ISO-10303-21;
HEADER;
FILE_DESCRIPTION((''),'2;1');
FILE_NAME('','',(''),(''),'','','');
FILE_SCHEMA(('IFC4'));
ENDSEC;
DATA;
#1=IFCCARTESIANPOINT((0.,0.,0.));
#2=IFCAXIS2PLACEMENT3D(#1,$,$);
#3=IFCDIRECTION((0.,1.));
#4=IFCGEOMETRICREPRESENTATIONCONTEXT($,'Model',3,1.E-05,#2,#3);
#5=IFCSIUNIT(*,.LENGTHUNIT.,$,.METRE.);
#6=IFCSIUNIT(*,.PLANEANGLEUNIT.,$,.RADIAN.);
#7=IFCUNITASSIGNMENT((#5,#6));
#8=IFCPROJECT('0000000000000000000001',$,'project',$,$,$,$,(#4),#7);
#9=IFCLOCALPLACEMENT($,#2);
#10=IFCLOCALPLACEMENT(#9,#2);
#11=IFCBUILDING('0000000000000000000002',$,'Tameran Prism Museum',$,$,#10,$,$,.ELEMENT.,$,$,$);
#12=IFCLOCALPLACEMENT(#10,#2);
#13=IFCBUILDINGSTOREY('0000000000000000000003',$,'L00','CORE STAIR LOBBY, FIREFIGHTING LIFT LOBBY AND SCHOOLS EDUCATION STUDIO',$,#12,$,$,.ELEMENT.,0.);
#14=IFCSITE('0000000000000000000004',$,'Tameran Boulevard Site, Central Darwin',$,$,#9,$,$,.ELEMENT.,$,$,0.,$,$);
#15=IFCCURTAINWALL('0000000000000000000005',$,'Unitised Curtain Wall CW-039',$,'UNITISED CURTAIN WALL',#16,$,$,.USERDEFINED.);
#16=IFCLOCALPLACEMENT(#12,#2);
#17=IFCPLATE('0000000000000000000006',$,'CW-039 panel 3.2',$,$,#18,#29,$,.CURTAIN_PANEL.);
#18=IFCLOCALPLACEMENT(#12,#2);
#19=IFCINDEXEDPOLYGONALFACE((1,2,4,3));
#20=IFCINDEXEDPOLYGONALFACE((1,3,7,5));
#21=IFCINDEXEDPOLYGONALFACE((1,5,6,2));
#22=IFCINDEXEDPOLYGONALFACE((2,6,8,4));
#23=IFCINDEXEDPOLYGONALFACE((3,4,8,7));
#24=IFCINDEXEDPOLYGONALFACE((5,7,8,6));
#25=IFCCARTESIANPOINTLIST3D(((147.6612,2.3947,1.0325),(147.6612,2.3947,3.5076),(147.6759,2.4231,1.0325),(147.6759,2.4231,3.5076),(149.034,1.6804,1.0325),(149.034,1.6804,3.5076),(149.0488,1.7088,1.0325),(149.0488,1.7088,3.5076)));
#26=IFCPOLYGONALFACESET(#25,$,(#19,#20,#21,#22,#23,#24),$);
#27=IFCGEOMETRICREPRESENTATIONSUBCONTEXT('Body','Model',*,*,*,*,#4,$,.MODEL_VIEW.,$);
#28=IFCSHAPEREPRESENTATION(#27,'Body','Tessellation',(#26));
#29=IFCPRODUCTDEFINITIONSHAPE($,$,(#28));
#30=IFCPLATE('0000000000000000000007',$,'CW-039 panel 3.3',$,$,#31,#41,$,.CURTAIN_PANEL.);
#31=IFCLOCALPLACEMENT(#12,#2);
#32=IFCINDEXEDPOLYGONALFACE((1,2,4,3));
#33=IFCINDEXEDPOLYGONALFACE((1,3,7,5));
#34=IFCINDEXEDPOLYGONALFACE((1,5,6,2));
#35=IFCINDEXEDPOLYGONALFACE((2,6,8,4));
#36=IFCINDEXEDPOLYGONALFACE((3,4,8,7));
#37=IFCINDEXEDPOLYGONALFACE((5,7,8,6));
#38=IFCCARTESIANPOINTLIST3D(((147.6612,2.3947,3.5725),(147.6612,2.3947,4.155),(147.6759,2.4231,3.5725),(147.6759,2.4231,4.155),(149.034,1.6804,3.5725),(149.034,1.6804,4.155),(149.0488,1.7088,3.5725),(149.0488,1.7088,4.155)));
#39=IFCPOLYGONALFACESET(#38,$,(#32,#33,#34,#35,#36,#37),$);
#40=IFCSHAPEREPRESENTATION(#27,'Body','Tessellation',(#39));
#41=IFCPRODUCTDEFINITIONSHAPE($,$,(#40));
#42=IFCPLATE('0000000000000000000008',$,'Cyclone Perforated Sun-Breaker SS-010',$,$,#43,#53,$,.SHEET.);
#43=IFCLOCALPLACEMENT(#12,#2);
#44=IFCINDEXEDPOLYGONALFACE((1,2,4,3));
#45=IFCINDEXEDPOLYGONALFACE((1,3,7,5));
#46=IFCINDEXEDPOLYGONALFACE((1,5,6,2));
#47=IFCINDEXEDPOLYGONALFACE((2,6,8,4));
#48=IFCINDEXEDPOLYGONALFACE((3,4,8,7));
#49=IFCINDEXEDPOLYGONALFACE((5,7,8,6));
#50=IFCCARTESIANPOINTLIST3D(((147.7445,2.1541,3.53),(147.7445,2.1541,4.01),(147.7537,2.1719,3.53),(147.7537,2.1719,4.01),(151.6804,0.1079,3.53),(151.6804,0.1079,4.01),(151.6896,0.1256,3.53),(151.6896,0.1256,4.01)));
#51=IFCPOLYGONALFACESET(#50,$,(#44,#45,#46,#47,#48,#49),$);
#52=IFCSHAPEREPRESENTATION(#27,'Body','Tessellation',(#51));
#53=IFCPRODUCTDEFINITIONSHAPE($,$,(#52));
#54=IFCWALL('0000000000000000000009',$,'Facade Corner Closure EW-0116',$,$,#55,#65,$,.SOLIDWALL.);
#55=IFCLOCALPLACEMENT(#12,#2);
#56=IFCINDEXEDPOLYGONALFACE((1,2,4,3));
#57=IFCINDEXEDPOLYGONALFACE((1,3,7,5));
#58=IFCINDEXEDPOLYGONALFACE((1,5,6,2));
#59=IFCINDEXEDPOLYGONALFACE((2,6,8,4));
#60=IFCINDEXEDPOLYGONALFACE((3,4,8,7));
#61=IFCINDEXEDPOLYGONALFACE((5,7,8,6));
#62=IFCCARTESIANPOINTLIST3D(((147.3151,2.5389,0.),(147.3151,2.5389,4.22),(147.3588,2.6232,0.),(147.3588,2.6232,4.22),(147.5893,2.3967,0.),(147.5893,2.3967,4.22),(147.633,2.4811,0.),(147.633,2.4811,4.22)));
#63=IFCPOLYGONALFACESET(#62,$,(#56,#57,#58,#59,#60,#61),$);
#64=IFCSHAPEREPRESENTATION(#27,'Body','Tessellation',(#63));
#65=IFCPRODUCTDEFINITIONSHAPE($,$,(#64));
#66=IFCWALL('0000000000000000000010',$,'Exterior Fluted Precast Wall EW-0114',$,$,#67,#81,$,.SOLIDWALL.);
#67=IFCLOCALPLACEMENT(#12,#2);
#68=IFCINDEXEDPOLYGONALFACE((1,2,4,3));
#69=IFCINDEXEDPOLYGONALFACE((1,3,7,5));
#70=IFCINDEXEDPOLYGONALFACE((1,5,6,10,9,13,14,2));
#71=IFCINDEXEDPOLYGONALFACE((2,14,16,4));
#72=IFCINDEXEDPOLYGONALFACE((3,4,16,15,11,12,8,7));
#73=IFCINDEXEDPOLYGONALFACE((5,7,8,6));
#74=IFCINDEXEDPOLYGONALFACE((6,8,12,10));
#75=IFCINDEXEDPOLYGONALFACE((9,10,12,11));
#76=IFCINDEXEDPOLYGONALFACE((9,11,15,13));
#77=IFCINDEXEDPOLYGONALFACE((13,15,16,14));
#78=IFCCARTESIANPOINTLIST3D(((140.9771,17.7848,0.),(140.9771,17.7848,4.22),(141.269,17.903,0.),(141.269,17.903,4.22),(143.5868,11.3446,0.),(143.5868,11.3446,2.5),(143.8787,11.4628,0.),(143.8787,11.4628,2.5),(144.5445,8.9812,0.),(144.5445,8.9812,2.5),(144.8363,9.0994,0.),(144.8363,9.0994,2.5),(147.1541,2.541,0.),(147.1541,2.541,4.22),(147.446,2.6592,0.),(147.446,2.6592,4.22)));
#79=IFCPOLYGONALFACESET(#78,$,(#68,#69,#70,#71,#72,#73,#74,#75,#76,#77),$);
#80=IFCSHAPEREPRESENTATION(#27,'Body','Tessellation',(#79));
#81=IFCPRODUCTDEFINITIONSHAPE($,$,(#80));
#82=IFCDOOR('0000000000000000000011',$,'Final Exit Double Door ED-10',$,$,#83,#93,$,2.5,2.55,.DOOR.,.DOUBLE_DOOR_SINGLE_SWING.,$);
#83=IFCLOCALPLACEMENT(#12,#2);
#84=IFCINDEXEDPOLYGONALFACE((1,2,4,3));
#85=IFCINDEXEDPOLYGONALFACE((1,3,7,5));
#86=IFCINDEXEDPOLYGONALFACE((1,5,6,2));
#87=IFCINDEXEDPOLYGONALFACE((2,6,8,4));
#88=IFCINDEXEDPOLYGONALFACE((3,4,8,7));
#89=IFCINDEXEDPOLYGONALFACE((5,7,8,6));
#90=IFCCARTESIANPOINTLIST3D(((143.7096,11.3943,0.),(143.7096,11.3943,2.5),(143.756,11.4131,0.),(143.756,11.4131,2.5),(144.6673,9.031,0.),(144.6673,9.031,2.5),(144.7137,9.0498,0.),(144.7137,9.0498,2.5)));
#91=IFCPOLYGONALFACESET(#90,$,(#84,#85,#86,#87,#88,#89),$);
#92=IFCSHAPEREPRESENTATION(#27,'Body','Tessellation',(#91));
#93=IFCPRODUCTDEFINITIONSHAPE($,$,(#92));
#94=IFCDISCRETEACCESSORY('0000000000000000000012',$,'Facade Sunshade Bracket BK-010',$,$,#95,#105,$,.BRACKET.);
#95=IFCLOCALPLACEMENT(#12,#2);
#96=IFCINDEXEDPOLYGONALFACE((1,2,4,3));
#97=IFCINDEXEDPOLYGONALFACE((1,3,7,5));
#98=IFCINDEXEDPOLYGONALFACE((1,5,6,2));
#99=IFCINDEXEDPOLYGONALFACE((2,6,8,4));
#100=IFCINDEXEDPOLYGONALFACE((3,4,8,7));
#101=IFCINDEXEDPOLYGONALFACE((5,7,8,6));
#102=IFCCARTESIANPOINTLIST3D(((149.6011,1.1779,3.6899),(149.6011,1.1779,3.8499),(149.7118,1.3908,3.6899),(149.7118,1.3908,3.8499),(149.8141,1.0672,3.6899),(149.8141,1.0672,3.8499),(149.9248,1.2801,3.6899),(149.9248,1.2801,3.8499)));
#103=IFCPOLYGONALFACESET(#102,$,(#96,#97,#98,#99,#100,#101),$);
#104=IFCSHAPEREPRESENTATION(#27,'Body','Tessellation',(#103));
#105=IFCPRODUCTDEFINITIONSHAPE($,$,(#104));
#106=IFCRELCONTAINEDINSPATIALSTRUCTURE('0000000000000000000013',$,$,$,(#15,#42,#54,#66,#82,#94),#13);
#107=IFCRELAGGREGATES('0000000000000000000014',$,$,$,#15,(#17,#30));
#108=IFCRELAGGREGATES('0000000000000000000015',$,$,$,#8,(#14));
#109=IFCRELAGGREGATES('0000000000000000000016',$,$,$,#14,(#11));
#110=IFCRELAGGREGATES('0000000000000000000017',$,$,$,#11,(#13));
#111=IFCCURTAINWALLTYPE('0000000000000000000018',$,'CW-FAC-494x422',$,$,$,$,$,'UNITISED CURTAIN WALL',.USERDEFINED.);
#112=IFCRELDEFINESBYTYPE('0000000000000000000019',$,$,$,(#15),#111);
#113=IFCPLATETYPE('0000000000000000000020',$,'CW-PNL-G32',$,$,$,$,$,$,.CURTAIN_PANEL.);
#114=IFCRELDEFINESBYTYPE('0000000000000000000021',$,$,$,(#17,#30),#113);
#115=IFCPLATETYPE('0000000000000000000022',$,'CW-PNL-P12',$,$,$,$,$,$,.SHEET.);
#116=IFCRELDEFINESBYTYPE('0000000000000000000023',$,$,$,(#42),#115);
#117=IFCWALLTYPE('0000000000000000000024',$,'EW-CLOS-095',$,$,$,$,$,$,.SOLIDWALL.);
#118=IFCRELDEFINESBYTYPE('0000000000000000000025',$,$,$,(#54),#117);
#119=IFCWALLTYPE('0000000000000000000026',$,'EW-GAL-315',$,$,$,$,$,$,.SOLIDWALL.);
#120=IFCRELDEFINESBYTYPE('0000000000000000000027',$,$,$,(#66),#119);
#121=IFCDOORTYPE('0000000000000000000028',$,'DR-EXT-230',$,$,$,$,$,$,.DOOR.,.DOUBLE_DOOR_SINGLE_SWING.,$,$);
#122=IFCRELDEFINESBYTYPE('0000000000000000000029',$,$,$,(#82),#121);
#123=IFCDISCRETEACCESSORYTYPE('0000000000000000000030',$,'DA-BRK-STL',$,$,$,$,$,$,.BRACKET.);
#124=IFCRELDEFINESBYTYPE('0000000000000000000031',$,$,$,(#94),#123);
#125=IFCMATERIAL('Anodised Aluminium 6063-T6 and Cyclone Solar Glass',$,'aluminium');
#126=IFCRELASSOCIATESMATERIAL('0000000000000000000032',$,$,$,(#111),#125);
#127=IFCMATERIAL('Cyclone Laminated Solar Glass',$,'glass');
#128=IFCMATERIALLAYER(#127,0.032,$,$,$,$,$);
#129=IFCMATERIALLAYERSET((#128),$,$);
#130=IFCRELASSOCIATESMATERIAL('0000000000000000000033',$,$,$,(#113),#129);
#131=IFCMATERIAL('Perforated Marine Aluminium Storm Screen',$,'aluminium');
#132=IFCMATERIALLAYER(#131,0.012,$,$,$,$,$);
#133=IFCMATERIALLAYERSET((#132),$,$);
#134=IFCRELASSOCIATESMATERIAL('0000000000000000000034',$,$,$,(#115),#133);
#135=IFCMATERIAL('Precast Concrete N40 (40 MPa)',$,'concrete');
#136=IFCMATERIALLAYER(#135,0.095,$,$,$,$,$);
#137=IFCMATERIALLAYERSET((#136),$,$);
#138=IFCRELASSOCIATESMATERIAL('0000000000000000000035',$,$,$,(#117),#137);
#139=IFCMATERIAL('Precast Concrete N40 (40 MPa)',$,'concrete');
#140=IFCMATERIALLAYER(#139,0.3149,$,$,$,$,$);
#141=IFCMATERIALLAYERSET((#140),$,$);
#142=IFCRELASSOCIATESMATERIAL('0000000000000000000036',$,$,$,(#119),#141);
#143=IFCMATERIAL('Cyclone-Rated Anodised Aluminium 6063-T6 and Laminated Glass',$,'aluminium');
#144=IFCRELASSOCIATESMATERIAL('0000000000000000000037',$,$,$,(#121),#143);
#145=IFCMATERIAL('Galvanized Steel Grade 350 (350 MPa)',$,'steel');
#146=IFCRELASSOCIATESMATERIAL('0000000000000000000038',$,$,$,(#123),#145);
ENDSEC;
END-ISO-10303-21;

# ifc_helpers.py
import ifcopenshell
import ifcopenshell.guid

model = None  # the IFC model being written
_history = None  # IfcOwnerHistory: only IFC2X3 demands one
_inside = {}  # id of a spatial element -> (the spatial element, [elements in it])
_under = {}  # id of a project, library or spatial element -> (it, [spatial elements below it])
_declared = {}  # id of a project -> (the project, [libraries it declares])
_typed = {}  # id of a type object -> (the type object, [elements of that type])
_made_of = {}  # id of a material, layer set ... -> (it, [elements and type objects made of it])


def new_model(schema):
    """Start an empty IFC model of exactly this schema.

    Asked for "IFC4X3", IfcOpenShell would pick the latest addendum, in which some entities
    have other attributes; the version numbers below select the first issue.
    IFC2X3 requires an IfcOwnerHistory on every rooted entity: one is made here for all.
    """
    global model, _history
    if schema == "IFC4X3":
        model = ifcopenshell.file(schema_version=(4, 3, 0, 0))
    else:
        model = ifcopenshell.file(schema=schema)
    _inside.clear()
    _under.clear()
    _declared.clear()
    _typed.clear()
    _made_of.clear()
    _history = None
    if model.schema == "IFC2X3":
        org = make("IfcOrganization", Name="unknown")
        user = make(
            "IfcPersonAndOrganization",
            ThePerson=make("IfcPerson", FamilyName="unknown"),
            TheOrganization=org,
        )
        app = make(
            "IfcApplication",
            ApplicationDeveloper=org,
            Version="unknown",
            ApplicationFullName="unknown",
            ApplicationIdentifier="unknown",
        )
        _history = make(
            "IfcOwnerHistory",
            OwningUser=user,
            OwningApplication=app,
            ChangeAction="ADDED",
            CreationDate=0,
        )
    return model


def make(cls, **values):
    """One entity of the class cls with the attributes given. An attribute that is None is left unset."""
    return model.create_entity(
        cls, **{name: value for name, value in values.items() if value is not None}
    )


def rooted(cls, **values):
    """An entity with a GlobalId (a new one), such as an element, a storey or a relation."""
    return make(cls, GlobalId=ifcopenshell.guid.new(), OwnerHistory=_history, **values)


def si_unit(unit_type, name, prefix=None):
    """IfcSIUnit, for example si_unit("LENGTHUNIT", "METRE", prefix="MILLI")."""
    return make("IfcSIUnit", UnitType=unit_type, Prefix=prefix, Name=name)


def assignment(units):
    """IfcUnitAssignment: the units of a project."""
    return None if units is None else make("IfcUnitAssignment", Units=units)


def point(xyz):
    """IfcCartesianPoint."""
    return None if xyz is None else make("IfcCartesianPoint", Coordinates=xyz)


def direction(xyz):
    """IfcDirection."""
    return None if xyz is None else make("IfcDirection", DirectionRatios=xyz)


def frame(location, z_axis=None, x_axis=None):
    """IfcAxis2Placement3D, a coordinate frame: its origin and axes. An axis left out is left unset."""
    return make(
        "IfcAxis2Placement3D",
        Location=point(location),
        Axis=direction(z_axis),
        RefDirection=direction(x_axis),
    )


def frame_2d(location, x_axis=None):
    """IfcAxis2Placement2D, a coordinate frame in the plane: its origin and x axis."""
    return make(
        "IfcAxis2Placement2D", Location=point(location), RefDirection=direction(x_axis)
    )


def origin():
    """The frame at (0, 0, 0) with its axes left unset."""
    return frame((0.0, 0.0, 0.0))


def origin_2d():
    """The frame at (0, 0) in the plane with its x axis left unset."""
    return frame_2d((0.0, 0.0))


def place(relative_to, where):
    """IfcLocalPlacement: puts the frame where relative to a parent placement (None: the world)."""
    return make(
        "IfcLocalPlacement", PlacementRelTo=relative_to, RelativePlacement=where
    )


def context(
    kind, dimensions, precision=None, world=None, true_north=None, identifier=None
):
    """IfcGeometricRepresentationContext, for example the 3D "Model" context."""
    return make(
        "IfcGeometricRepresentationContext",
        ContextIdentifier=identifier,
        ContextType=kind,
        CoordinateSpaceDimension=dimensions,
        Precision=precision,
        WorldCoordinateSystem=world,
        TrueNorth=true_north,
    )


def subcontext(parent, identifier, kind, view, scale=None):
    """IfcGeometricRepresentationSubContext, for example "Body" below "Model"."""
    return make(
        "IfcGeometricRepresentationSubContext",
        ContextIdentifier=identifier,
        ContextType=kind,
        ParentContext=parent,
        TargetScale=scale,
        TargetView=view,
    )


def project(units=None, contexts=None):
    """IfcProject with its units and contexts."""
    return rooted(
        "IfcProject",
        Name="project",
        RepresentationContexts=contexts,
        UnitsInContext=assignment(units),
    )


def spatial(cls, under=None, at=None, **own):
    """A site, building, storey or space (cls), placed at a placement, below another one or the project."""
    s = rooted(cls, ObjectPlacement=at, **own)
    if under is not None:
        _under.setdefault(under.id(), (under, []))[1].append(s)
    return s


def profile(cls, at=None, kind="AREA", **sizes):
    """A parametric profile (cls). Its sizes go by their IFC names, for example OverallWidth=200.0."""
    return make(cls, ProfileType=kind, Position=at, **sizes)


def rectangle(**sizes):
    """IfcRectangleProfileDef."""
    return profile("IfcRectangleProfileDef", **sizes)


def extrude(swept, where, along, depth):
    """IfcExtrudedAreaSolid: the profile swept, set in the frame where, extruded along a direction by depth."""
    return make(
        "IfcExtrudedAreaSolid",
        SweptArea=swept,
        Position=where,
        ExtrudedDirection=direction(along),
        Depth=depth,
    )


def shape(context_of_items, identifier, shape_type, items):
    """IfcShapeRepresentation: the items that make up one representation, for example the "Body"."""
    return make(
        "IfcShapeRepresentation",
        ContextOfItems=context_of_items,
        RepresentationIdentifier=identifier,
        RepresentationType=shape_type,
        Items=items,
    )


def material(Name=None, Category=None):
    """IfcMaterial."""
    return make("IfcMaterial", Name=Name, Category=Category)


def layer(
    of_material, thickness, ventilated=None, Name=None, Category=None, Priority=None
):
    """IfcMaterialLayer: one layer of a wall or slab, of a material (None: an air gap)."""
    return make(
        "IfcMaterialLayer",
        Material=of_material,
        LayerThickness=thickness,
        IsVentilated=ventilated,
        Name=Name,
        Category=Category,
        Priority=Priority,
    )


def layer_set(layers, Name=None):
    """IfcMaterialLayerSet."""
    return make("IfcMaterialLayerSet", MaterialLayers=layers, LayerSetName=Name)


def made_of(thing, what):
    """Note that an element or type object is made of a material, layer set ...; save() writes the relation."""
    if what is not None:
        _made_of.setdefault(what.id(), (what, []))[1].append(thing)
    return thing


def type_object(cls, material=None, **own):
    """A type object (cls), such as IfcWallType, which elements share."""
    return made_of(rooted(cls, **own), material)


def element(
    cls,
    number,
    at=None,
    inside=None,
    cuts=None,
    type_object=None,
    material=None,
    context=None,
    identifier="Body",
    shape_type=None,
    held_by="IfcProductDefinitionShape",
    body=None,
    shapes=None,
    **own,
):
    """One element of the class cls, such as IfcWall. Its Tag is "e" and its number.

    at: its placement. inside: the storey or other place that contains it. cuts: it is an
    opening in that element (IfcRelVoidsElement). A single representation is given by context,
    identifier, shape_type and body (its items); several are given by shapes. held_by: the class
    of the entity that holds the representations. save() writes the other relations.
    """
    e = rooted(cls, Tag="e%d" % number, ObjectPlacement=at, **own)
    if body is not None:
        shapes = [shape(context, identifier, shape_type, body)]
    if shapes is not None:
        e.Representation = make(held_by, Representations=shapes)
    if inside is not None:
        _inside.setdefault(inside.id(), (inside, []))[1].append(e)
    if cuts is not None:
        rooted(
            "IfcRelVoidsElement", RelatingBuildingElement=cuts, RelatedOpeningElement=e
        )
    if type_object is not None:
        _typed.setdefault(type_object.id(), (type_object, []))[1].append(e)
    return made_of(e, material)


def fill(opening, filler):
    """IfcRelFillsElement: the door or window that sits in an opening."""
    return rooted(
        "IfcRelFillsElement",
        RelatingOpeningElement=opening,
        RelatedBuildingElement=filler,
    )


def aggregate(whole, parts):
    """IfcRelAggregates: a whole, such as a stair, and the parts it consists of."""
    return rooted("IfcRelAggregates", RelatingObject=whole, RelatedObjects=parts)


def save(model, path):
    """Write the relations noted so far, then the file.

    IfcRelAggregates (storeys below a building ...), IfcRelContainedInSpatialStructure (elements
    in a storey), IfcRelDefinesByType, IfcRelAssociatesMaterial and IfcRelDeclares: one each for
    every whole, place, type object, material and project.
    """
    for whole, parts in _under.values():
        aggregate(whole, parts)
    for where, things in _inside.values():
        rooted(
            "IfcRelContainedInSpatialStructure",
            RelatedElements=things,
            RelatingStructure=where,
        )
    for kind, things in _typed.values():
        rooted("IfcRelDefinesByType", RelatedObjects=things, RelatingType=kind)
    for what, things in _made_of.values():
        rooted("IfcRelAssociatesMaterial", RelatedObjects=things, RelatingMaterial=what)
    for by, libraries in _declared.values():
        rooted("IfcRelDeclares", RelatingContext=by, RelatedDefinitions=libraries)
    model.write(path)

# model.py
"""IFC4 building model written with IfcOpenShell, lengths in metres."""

from ifc_helpers import new_model, si_unit, direction, frame, frame_2d, origin, origin_2d, place, context, subcontext, project, spatial, rectangle, extrude, material, layer, layer_set, type_object, element, fill, aggregate, save


model = new_model("IFC4")

# Units and contexts
model_context = context("Model", 3, precision=1e-05, world=origin(), true_north=direction((0.0, 1.0)))
body_context = subcontext(model_context, "Body", "Model", "MODEL_VIEW")
ifc_project = project(units=[si_unit("LENGTHUNIT", "METRE"), si_unit("PLANEANGLEUNIT", "RADIAN")], contexts=[model_context])

# Site, building, storey
site_placement = place(None, origin())
site = spatial("IfcSite", under=ifc_project, at=site_placement, Name="Tameran Boulevard Site, Central Darwin", CompositionType="ELEMENT", RefElevation=0.0)
building_placement = place(site_placement, origin())
building = spatial("IfcBuilding", under=site, at=building_placement, Name="Tameran Prism Museum", CompositionType="ELEMENT")
storey_placement = place(building_placement, origin())
storey = spatial("IfcBuildingStorey", under=building, at=storey_placement, Name="L00", Description="CORE STAIR LOBBY, FIREFIGHTING LIFT LOBBY AND SCHOOLS EDUCATION STUDIO", CompositionType="ELEMENT", Elevation=0.0)

# Curtain wall, plates
ifc_material_1 = material(Name="Anodised Aluminium 6063-T6 and Cyclone Solar Glass", Category="aluminium")
curtain_wall_type = type_object("IfcCurtainWallType", Name="CW-FAC-494x422", ElementType="UNITISED CURTAIN WALL", PredefinedType="USERDEFINED", material=ifc_material_1)
curtain_wall_placement = place(storey_placement, origin())
curtain_wall = element("IfcCurtainWall", 1, at=curtain_wall_placement, inside=storey, type_object=curtain_wall_type, Name="Unitised Curtain Wall CW-039", ObjectType="UNITISED CURTAIN WALL", PredefinedType="USERDEFINED")
ifc_material_2 = material(Name="Cyclone Laminated Solar Glass", Category="glass")
ifc_layer_1 = layer(ifc_material_2, 0.032)
ifc_layer_set_1 = layer_set([ifc_layer_1])
plate_type_1 = type_object("IfcPlateType", Name="CW-PNL-G32", PredefinedType="CURTAIN_PANEL", material=ifc_layer_set_1)
plate_1_placement = place(storey_placement, frame((148.355, 2.0518, 1.0325), z_axis=(0.0, 0.0, 1.0), x_axis=(-0.887097, 0.461582, 0.0)))
plate_1 = element("IfcPlate", 2, at=plate_1_placement, type_object=plate_type_1, Name="CW-039 panel 3.2", PredefinedType="CURTAIN_PANEL", context=body_context, shape_type="SweptSolid", body=[
    extrude(rectangle(XDim=1.5476, YDim=0.032, at=origin_2d()), origin(), (0.0, 0.0, 1.0), 2.4751),
])
plate_2_placement = place(storey_placement, frame((148.355, 2.0518, 3.5725), z_axis=(0.0, 0.0, 1.0), x_axis=(-0.887097, 0.461582, 0.0)))
plate_2 = element("IfcPlate", 3, at=plate_2_placement, type_object=plate_type_1, Name="CW-039 panel 3.3", PredefinedType="CURTAIN_PANEL", context=body_context, shape_type="SweptSolid", body=[
    extrude(rectangle(XDim=1.5476, YDim=0.032, at=origin_2d()), origin(), (0.0, 0.0, 1.0), 0.5825),
])
aggregate(curtain_wall, [plate_1, plate_2])

# Plate
ifc_material_3 = material(Name="Perforated Marine Aluminium Storm Screen", Category="aluminium")
ifc_layer_2 = layer(ifc_material_3, 0.012)
ifc_layer_set_2 = layer_set([ifc_layer_2])
plate_type_2 = type_object("IfcPlateType", Name="CW-PNL-P12", PredefinedType="SHEET", material=ifc_layer_set_2)
plate_3_placement = place(storey_placement, frame((149.717, 1.1399, 3.53), z_axis=(0.0, 0.0, 1.0), x_axis=(-0.887252, 0.461284, 0.0)))
element("IfcPlate", 4, at=plate_3_placement, inside=storey, type_object=plate_type_2, Name="Cyclone Perforated Sun-Breaker SS-010", PredefinedType="SHEET", context=body_context, shape_type="SweptSolid", body=[
    extrude(rectangle(XDim=4.436, YDim=0.02, at=origin_2d()), origin(), (0.0, 0.0, 1.0), 0.48),
])

# Wall
ifc_material_4 = material(Name="Precast Concrete N40 (40 MPa)", Category="concrete")
ifc_layer_3 = layer(ifc_material_4, 0.095)
ifc_layer_set_3 = layer_set([ifc_layer_3])
wall_type_1 = type_object("IfcWallType", Name="EW-CLOS-095", PredefinedType="SOLIDWALL", material=ifc_layer_set_3)
wall_1_placement = place(storey_placement, frame((147.6111, 2.439, 0.0), z_axis=(0.0, 0.0, 1.0), x_axis=(-0.88785, 0.460133, 0.0)))
element("IfcWall", 5, at=wall_1_placement, inside=storey, type_object=wall_type_1, Name="Facade Corner Closure EW-0116", PredefinedType="SOLIDWALL", context=body_context, shape_type="SweptSolid", body=[
    extrude(rectangle(XDim=0.3088, YDim=0.095, at=frame_2d((0.1543, 0.0))), origin(), (0.0, 0.0, 1.0), 4.22),
])

# Wall, opening, door
ifc_material_5 = material(Name="Precast Concrete N40 (40 MPa)", Category="concrete")
ifc_layer_4 = layer(ifc_material_5, 0.3149)
ifc_layer_set_4 = layer_set([ifc_layer_4])
wall_type_2 = type_object("IfcWallType", Name="EW-GAL-315", PredefinedType="SOLIDWALL", material=ifc_layer_set_4)
wall_2_placement = place(storey_placement, frame((147.3, 2.6001, 0.0), z_axis=(0.0, 0.0, 1.0), x_axis=(-0.375551, 0.926802, 0.0)))
wall_2 = element("IfcWall", 6, at=wall_2_placement, inside=storey, type_object=wall_type_2, Name="Exterior Fluted Precast Wall EW-0114", PredefinedType="SOLIDWALL", context=body_context, shape_type="SweptSolid", body=[
    extrude(rectangle(XDim=16.4478, YDim=0.3149, at=frame_2d((8.2239, 0.0))), origin(), (0.0, 0.0, 1.0), 4.22),
])
opening_placement = place(wall_2_placement, frame((6.949, 0.0, 0.0)))
opening = element("IfcOpeningElement", 7, at=opening_placement, cuts=wall_2, PredefinedType="OPENING", context=body_context, shape_type="SweptSolid", body=[
    extrude(rectangle(XDim=2.55, YDim=2.5, at=frame_2d((1.2749, 1.25))), frame((0.0, 0.1675, 0.0), z_axis=(0.0, -1.0, 0.0), x_axis=(1.0, 0.0, 0.0)), (0.0, 0.0, 1.0), 0.335),
])
ifc_material_6 = material(Name="Cyclone-Rated Anodised Aluminium 6063-T6 and Laminated Glass", Category="aluminium")
door_type = type_object("IfcDoorType", Name="DR-EXT-230", OperationType="DOUBLE_DOOR_SINGLE_SWING", PredefinedType="DOOR", material=ifc_material_6)
door_placement = place(opening_placement, origin())
door = element("IfcDoor", 8, at=door_placement, inside=storey, type_object=door_type, Name="Final Exit Double Door ED-10", OperationType="DOUBLE_DOOR_SINGLE_SWING", OverallHeight=2.5, OverallWidth=2.55, PredefinedType="DOOR", context=body_context, shape_type="SweptSolid", body=[
    extrude(rectangle(XDim=2.55, YDim=2.5, at=frame_2d((1.2749, 1.25))), frame((0.0, 0.0249, 0.0), z_axis=(0.0, -1.0, 0.0), x_axis=(1.0, 0.0, 0.0)), (0.0, 0.0, 1.0), 0.05),
])
fill(opening, door)

# Discrete accessory
ifc_material_7 = material(Name="Galvanized Steel Grade 350 (350 MPa)", Category="steel")
discrete_accessory_type = type_object("IfcDiscreteAccessoryType", Name="DA-BRK-STL", PredefinedType="BRACKET", material=ifc_material_7)
discrete_accessory_placement = place(storey_placement, frame((149.7629, 1.229, 3.6899), z_axis=(0.0, 0.0, 1.0), x_axis=(-0.887252, 0.461284, 0.0)))
element("IfcDiscreteAccessory", 9, at=discrete_accessory_placement, inside=storey, type_object=discrete_accessory_type, Name="Facade Sunshade Bracket BK-010", PredefinedType="BRACKET", context=body_context, shape_type="SweptSolid", body=[
    extrude(rectangle(XDim=0.24, YDim=0.24, at=origin_2d()), origin(), (0.0, 0.0, 1.0), 0.1599),
])

save(model, "model.ifc")
